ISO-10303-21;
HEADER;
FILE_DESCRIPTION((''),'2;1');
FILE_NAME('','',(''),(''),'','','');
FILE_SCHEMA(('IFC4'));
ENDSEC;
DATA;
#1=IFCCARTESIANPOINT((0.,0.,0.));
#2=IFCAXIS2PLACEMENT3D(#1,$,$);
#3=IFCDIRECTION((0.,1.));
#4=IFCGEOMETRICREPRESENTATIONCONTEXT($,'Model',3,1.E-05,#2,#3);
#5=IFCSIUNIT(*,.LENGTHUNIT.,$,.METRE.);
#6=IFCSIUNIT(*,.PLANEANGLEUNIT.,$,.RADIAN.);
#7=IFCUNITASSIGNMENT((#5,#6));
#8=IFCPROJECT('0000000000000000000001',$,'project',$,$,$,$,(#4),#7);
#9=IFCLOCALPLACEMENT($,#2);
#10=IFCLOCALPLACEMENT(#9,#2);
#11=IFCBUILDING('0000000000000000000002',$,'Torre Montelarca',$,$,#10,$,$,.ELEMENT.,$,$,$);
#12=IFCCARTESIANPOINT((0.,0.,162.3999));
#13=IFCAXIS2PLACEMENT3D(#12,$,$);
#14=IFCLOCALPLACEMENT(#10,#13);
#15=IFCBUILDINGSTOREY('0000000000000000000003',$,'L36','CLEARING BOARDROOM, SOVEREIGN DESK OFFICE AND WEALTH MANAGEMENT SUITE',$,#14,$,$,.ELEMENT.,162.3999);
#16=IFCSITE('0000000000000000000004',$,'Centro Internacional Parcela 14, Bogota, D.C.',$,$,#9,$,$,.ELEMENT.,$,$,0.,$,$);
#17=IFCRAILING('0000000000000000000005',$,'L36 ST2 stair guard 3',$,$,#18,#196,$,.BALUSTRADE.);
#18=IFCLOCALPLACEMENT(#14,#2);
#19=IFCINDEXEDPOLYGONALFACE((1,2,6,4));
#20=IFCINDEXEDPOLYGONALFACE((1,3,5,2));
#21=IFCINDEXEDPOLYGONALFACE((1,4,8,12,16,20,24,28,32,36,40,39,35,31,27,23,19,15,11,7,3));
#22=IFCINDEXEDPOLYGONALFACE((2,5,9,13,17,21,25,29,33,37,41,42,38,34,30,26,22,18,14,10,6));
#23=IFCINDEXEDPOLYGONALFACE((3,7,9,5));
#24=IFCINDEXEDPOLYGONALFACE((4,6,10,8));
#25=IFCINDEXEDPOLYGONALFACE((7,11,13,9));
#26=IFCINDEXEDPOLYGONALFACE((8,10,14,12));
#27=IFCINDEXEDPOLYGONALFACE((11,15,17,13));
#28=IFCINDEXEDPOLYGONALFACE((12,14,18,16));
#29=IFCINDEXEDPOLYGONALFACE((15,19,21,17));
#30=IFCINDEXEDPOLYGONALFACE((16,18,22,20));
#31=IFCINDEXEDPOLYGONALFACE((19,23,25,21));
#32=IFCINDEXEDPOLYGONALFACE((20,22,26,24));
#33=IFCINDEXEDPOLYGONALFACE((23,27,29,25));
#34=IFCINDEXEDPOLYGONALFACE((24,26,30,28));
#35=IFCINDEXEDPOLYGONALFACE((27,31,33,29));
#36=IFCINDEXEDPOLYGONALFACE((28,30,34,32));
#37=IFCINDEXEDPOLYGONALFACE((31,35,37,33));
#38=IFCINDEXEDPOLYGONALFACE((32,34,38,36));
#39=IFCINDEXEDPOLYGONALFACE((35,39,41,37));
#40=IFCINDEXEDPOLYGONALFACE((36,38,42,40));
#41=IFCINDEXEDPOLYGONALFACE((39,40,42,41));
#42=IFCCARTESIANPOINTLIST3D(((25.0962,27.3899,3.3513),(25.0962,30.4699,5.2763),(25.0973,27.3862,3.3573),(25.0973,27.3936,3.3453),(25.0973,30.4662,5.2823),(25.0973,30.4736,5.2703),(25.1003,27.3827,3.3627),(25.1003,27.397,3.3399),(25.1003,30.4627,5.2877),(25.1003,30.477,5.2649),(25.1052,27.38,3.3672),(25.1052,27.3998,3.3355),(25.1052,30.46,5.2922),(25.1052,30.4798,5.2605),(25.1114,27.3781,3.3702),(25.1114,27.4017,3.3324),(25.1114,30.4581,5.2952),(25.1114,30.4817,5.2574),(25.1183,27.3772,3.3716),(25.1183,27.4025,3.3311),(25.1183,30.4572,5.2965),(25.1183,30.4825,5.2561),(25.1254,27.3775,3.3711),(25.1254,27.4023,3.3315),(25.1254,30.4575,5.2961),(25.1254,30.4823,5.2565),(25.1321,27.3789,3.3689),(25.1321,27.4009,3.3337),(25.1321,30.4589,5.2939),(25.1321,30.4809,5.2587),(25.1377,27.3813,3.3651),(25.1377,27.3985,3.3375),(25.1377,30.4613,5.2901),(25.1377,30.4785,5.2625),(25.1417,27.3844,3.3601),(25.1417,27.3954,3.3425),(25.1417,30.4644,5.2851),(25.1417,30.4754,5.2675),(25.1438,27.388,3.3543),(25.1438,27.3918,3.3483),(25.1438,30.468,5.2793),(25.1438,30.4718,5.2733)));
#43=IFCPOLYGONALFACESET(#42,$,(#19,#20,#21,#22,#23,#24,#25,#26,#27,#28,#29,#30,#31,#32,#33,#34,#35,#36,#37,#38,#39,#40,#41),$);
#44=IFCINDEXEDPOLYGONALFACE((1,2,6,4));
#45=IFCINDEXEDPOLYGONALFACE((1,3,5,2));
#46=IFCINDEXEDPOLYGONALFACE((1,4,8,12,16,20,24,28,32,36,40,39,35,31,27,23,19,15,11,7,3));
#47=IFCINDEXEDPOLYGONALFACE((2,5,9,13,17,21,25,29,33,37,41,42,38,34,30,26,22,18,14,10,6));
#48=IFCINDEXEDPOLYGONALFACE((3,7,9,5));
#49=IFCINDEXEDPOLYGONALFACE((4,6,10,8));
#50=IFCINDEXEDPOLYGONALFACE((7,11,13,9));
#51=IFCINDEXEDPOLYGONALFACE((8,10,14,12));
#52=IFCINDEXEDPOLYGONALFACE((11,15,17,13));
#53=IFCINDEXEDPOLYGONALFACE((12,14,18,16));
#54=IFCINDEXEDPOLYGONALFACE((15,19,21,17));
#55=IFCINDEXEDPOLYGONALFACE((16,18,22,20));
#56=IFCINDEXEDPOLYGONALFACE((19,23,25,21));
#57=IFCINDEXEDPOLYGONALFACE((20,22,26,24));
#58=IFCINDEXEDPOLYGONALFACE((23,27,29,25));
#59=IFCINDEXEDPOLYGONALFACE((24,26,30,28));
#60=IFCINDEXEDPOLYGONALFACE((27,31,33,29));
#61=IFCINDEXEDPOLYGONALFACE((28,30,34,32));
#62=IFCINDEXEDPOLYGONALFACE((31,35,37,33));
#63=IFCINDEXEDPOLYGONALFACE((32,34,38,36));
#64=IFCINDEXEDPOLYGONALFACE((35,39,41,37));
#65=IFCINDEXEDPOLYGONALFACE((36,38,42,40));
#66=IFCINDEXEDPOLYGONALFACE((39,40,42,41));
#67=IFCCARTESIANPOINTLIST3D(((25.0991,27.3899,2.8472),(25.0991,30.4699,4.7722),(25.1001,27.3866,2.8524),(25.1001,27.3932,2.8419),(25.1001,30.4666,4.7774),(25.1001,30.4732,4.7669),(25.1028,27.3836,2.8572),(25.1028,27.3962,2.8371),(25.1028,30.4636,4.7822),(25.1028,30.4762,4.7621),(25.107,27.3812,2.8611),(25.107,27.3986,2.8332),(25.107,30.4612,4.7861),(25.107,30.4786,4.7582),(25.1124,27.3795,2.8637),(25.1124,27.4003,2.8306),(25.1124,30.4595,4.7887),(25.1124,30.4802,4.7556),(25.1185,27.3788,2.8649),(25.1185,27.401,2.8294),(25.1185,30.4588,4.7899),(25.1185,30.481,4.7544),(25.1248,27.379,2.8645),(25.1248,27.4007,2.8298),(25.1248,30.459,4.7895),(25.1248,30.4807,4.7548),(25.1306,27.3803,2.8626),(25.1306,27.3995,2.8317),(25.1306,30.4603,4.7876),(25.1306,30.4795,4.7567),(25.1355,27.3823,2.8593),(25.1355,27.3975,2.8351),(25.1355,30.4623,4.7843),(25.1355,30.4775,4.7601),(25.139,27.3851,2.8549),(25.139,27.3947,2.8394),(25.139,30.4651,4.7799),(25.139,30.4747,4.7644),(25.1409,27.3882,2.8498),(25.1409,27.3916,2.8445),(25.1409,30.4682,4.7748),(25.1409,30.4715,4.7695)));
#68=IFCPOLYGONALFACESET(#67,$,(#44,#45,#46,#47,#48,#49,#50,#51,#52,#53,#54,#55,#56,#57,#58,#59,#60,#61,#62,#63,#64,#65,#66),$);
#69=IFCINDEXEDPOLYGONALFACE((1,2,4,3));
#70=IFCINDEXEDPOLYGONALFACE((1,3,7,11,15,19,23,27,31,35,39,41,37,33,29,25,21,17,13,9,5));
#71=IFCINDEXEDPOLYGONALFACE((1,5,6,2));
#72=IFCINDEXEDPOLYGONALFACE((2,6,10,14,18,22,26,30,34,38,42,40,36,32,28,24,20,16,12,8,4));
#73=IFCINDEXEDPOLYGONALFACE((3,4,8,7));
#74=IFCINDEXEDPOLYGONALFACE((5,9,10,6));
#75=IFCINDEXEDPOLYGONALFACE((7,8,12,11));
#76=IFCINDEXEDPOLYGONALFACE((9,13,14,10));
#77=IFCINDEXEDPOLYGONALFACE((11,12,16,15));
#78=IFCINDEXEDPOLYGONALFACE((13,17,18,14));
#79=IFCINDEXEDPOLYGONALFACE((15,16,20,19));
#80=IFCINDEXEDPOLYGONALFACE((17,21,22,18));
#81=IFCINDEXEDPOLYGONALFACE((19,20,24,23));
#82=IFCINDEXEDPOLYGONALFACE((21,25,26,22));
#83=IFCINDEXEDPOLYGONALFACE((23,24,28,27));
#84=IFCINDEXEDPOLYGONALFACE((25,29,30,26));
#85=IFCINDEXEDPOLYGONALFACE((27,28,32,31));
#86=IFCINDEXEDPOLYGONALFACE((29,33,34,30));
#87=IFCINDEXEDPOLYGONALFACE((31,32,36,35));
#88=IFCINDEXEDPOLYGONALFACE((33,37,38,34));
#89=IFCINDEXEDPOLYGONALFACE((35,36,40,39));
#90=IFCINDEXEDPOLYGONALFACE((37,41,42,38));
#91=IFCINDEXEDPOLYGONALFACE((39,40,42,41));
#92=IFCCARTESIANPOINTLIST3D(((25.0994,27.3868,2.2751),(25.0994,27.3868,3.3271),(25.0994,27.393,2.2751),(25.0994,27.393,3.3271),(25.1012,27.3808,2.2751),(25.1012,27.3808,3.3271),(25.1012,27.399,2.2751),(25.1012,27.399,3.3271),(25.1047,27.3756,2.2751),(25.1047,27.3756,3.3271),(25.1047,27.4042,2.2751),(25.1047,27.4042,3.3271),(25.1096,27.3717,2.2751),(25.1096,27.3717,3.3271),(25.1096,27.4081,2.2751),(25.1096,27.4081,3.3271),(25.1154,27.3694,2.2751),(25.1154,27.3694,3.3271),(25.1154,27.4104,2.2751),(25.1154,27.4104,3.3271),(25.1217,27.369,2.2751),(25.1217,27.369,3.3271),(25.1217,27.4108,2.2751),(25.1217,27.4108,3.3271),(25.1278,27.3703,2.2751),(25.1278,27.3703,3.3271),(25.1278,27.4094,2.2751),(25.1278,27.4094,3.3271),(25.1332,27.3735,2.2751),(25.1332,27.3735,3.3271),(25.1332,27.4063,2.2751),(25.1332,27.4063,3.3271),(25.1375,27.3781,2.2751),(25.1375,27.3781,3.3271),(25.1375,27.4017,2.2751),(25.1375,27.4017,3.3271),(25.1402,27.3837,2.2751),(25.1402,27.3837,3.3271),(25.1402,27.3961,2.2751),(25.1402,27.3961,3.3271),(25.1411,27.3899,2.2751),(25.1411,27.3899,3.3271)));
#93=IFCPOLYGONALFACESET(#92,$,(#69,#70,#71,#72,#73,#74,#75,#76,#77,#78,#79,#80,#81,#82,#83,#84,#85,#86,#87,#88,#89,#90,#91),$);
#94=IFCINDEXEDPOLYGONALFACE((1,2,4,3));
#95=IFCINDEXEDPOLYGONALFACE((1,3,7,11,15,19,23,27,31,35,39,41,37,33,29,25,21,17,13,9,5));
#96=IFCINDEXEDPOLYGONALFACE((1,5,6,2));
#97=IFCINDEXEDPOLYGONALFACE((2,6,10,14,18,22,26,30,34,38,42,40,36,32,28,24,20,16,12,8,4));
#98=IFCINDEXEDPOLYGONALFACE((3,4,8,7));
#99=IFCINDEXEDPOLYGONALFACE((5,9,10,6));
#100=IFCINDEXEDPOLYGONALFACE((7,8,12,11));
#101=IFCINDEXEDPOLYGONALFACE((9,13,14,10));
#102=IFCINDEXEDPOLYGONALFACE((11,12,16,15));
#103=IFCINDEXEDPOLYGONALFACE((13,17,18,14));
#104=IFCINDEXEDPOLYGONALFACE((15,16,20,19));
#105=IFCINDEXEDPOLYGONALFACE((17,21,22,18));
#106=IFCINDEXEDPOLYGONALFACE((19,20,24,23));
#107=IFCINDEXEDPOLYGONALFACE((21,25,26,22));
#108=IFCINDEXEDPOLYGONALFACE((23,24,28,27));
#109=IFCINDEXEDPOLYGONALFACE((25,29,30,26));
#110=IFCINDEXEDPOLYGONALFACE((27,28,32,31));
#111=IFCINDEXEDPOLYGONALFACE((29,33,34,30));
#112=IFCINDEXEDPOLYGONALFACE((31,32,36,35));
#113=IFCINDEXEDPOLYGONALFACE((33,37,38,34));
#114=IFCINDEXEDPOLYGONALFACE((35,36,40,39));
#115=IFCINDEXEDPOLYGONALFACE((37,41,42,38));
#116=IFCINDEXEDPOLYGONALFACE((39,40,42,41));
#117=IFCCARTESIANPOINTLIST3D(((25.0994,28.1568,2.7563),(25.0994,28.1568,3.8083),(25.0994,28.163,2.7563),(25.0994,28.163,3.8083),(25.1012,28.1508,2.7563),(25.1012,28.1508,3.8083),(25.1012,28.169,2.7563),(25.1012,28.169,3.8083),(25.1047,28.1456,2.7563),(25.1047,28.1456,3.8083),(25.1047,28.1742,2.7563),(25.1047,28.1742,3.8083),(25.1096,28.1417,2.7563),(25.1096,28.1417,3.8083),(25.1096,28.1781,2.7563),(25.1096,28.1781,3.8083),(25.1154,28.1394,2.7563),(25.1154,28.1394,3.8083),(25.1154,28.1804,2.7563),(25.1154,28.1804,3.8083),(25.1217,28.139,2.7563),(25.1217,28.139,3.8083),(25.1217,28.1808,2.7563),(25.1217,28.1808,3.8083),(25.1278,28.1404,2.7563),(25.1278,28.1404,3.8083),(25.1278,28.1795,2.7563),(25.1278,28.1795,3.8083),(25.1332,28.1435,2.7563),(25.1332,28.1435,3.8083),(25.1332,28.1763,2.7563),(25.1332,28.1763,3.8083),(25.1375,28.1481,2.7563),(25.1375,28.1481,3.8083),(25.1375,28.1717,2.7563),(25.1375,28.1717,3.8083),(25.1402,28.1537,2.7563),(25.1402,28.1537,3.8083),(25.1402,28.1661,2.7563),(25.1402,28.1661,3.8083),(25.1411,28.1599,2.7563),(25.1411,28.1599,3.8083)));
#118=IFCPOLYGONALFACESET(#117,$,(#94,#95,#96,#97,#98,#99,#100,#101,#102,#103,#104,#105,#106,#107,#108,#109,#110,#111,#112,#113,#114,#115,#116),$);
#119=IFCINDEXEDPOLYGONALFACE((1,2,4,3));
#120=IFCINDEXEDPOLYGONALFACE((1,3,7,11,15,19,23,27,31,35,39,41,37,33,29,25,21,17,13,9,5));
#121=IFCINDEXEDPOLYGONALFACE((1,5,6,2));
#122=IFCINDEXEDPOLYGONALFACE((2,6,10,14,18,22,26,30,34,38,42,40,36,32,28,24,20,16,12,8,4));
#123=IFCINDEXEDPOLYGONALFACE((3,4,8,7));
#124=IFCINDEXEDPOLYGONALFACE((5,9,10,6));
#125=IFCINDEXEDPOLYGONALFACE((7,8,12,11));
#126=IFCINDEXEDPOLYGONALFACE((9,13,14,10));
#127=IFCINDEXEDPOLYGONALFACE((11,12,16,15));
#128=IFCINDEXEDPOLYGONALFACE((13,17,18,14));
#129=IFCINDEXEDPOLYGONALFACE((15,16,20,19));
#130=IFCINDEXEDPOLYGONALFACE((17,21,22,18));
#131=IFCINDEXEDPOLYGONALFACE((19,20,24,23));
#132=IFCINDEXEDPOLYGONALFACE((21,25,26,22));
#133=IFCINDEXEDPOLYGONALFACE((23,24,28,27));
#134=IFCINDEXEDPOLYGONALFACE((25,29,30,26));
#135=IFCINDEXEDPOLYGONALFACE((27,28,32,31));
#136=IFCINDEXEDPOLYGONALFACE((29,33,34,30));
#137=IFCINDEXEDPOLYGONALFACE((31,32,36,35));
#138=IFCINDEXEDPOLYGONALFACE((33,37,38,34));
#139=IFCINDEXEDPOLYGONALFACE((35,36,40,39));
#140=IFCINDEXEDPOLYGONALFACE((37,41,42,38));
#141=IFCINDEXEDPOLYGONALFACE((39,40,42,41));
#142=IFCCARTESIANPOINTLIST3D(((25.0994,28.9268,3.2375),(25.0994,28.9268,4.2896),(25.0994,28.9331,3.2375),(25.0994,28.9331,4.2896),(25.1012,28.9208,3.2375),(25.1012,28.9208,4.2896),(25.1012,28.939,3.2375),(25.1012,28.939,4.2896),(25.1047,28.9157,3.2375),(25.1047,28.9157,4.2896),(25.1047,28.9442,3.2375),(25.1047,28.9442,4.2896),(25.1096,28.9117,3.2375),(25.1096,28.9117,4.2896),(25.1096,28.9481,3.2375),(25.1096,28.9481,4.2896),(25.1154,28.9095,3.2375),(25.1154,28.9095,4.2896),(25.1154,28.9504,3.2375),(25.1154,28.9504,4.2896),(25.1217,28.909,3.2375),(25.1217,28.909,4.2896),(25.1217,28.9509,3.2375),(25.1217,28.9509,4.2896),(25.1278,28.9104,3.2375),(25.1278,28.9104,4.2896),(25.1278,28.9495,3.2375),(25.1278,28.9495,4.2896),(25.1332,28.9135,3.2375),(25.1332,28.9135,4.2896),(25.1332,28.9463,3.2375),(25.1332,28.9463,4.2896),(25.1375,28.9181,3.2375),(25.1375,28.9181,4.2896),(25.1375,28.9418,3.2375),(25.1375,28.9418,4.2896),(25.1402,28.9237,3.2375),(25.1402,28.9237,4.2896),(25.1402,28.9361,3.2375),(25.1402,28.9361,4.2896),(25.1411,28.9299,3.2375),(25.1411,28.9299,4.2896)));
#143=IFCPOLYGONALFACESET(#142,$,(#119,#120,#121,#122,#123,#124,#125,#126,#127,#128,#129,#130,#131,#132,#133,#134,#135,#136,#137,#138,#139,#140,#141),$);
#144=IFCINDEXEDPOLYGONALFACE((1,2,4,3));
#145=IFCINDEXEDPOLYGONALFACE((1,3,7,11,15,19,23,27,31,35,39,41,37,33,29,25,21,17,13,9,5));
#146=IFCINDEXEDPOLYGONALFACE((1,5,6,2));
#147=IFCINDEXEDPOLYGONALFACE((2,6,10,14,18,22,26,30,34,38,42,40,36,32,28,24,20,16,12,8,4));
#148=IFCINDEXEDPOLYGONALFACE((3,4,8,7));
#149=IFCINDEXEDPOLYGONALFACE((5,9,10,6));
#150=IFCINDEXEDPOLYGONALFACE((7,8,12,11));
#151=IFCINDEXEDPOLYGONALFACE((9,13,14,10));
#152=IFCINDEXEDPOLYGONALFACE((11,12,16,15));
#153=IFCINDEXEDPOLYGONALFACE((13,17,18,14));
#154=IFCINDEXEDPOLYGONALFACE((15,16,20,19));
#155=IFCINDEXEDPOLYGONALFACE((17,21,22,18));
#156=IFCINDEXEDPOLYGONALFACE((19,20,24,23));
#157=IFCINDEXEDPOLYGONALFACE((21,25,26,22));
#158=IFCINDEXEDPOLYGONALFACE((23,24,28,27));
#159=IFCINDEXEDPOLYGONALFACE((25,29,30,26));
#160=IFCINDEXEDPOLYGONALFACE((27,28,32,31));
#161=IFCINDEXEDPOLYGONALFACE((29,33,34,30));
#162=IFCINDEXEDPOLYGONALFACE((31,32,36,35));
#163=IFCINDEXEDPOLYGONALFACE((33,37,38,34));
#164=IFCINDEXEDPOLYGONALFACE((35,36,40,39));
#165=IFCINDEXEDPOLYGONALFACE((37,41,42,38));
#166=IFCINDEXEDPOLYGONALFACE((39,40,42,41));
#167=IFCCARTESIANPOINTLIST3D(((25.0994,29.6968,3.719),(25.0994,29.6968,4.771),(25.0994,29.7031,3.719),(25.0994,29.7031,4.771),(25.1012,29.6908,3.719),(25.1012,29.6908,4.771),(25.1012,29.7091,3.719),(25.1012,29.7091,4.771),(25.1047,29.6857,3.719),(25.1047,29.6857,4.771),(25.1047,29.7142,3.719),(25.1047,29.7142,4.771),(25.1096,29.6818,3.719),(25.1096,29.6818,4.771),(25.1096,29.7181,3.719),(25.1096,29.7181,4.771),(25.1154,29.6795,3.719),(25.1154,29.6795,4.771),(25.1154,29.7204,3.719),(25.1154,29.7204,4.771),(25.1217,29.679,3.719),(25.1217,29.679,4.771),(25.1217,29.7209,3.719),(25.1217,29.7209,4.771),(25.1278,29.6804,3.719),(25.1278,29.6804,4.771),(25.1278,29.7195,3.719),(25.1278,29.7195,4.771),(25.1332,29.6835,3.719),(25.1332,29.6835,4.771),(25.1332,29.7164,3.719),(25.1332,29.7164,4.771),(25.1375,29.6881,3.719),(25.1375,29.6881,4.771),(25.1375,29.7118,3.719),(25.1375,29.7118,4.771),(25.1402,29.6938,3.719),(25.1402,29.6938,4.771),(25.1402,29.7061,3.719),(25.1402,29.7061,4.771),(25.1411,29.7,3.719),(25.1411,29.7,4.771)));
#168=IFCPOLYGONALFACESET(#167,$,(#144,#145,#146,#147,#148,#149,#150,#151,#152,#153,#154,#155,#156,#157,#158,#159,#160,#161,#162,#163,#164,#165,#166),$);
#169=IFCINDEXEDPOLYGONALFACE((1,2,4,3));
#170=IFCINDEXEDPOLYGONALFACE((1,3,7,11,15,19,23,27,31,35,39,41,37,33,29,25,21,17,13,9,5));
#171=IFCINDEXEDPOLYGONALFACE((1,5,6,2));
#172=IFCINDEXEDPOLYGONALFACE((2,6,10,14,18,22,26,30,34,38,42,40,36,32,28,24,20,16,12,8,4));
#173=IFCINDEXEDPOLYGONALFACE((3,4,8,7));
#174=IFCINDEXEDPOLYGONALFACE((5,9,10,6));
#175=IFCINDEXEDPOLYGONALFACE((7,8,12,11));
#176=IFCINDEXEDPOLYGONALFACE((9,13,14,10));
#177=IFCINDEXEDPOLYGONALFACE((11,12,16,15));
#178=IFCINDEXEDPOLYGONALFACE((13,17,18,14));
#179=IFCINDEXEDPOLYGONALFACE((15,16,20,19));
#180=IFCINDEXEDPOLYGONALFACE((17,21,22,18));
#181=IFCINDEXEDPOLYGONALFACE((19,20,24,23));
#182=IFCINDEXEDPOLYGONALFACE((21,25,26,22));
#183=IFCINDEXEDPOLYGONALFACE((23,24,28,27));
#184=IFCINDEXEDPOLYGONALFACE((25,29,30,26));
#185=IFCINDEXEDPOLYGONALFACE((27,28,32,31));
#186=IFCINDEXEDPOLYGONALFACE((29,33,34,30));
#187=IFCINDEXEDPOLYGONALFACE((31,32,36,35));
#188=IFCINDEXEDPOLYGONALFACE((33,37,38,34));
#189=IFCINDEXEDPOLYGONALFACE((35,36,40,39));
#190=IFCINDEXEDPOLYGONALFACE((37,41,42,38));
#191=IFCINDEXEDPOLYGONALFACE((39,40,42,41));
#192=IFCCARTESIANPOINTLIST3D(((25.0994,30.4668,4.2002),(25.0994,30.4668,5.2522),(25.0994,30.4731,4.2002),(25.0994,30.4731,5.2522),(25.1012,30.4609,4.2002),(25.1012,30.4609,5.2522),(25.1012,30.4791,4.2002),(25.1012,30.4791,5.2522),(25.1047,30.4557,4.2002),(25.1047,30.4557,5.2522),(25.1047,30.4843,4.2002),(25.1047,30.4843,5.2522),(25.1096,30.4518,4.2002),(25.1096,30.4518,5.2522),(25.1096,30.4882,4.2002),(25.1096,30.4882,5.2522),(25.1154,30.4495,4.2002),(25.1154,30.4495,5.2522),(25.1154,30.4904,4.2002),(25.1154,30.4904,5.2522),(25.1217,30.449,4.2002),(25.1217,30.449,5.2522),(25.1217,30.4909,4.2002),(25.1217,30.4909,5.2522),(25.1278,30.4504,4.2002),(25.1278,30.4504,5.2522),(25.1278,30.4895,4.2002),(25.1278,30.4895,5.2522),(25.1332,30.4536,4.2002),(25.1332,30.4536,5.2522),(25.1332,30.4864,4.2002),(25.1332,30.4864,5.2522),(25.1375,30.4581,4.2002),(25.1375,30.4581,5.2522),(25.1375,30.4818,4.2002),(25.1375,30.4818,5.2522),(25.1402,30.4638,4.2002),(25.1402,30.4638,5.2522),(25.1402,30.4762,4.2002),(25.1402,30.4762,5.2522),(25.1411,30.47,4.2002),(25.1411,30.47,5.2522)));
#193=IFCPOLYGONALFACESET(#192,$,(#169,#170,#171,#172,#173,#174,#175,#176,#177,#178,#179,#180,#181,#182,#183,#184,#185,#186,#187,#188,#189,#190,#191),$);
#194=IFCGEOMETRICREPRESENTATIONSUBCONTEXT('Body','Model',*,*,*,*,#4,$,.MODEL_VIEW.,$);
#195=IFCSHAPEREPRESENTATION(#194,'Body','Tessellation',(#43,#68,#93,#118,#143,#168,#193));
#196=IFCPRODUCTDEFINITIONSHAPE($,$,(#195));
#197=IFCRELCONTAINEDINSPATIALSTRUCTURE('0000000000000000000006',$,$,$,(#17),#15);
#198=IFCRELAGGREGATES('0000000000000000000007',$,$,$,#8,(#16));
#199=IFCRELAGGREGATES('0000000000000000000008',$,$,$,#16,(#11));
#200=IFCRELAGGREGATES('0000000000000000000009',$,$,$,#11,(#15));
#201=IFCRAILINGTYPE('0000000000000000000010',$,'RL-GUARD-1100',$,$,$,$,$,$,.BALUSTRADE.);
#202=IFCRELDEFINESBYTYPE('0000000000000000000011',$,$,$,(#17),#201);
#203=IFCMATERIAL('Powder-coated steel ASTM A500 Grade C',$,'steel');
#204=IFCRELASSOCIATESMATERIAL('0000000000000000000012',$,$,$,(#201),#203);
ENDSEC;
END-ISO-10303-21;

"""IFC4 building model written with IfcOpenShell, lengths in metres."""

from ifc_helpers import new_model, si_unit, direction, frame, origin, origin_2d, place, context, subcontext, project, spatial, circle, extrude, material, type_object, element, save


model = new_model("IFC4")

# Units and contexts
model_context = context("Model", 3, precision=1e-05, world=origin(), true_north=direction((0.0, 1.0)))
body_context = subcontext(model_context, "Body", "Model", "MODEL_VIEW")
ifc_project = project(units=[si_unit("LENGTHUNIT", "METRE"), si_unit("PLANEANGLEUNIT", "RADIAN")], contexts=[model_context])

# Site, building, storey
site_placement = place(None, origin())
site = spatial("IfcSite", under=ifc_project, at=site_placement, Name="Centro Internacional Parcela 14, Bogota, D.C.", CompositionType="ELEMENT", RefElevation=0.0)
building_placement = place(site_placement, origin())
building = spatial("IfcBuilding", under=site, at=building_placement, Name="Torre Montelarca", CompositionType="ELEMENT")
storey_placement = place(building_placement, frame((0.0, 0.0, 162.3999)))
storey = spatial("IfcBuildingStorey", under=building, at=storey_placement, Name="L36", Description="CLEARING BOARDROOM, SOVEREIGN DESK OFFICE AND WEALTH MANAGEMENT SUITE", CompositionType="ELEMENT", Elevation=162.3999)

# Railing
ifc_material_1 = material(Name="Powder-coated steel ASTM A500 Grade C", Category="steel")
railing_type_1 = type_object("IfcRailingType", Name="RL-GUARD-1100", PredefinedType="BALUSTRADE", material=ifc_material_1)
railing_1_placement = place(storey_placement, frame((25.1201, 27.3899, 2.2751)))
element("IfcRailing", 1, at=railing_1_placement, inside=storey, type_object=railing_type_1, Name="L36 ST2 stair guard 3", PredefinedType="BALUSTRADE", context=body_context, shape_type="SweptSolid", body=[
    extrude(circle(Radius=0.0239, at=origin_2d()), frame((0.0, 0.0, 1.0762), z_axis=(0.0, 0.847998, 0.529999), x_axis=(-1.0, 0.0, 0.0)), (0.0, 0.0, 1.0), 3.6321),
    extrude(circle(Radius=0.021, at=origin_2d()), frame((0.0, 0.0, 0.572), z_axis=(0.0, 0.847998, 0.529999), x_axis=(-1.0, 0.0, 0.0)), (0.0, 0.0, 1.0), 3.6321),
    extrude(circle(Radius=0.021, at=origin_2d()), origin(), (0.0, 0.0, 1.0), 1.052),
    extrude(circle(Radius=0.021, at=origin_2d()), frame((0.0, 0.77, 0.4812)), (0.0, 0.0, 1.0), 1.052),
    extrude(circle(Radius=0.021, at=origin_2d()), frame((0.0, 1.54, 0.9624)), (0.0, 0.0, 1.0), 1.052),
    extrude(circle(Radius=0.021, at=origin_2d()), frame((0.0, 2.3101, 1.4438)), (0.0, 0.0, 1.0), 1.052),
    extrude(circle(Radius=0.021, at=origin_2d()), frame((0.0, 3.0801, 1.925)), (0.0, 0.0, 1.0), 1.052),
])

save(model, "model.ifc")
